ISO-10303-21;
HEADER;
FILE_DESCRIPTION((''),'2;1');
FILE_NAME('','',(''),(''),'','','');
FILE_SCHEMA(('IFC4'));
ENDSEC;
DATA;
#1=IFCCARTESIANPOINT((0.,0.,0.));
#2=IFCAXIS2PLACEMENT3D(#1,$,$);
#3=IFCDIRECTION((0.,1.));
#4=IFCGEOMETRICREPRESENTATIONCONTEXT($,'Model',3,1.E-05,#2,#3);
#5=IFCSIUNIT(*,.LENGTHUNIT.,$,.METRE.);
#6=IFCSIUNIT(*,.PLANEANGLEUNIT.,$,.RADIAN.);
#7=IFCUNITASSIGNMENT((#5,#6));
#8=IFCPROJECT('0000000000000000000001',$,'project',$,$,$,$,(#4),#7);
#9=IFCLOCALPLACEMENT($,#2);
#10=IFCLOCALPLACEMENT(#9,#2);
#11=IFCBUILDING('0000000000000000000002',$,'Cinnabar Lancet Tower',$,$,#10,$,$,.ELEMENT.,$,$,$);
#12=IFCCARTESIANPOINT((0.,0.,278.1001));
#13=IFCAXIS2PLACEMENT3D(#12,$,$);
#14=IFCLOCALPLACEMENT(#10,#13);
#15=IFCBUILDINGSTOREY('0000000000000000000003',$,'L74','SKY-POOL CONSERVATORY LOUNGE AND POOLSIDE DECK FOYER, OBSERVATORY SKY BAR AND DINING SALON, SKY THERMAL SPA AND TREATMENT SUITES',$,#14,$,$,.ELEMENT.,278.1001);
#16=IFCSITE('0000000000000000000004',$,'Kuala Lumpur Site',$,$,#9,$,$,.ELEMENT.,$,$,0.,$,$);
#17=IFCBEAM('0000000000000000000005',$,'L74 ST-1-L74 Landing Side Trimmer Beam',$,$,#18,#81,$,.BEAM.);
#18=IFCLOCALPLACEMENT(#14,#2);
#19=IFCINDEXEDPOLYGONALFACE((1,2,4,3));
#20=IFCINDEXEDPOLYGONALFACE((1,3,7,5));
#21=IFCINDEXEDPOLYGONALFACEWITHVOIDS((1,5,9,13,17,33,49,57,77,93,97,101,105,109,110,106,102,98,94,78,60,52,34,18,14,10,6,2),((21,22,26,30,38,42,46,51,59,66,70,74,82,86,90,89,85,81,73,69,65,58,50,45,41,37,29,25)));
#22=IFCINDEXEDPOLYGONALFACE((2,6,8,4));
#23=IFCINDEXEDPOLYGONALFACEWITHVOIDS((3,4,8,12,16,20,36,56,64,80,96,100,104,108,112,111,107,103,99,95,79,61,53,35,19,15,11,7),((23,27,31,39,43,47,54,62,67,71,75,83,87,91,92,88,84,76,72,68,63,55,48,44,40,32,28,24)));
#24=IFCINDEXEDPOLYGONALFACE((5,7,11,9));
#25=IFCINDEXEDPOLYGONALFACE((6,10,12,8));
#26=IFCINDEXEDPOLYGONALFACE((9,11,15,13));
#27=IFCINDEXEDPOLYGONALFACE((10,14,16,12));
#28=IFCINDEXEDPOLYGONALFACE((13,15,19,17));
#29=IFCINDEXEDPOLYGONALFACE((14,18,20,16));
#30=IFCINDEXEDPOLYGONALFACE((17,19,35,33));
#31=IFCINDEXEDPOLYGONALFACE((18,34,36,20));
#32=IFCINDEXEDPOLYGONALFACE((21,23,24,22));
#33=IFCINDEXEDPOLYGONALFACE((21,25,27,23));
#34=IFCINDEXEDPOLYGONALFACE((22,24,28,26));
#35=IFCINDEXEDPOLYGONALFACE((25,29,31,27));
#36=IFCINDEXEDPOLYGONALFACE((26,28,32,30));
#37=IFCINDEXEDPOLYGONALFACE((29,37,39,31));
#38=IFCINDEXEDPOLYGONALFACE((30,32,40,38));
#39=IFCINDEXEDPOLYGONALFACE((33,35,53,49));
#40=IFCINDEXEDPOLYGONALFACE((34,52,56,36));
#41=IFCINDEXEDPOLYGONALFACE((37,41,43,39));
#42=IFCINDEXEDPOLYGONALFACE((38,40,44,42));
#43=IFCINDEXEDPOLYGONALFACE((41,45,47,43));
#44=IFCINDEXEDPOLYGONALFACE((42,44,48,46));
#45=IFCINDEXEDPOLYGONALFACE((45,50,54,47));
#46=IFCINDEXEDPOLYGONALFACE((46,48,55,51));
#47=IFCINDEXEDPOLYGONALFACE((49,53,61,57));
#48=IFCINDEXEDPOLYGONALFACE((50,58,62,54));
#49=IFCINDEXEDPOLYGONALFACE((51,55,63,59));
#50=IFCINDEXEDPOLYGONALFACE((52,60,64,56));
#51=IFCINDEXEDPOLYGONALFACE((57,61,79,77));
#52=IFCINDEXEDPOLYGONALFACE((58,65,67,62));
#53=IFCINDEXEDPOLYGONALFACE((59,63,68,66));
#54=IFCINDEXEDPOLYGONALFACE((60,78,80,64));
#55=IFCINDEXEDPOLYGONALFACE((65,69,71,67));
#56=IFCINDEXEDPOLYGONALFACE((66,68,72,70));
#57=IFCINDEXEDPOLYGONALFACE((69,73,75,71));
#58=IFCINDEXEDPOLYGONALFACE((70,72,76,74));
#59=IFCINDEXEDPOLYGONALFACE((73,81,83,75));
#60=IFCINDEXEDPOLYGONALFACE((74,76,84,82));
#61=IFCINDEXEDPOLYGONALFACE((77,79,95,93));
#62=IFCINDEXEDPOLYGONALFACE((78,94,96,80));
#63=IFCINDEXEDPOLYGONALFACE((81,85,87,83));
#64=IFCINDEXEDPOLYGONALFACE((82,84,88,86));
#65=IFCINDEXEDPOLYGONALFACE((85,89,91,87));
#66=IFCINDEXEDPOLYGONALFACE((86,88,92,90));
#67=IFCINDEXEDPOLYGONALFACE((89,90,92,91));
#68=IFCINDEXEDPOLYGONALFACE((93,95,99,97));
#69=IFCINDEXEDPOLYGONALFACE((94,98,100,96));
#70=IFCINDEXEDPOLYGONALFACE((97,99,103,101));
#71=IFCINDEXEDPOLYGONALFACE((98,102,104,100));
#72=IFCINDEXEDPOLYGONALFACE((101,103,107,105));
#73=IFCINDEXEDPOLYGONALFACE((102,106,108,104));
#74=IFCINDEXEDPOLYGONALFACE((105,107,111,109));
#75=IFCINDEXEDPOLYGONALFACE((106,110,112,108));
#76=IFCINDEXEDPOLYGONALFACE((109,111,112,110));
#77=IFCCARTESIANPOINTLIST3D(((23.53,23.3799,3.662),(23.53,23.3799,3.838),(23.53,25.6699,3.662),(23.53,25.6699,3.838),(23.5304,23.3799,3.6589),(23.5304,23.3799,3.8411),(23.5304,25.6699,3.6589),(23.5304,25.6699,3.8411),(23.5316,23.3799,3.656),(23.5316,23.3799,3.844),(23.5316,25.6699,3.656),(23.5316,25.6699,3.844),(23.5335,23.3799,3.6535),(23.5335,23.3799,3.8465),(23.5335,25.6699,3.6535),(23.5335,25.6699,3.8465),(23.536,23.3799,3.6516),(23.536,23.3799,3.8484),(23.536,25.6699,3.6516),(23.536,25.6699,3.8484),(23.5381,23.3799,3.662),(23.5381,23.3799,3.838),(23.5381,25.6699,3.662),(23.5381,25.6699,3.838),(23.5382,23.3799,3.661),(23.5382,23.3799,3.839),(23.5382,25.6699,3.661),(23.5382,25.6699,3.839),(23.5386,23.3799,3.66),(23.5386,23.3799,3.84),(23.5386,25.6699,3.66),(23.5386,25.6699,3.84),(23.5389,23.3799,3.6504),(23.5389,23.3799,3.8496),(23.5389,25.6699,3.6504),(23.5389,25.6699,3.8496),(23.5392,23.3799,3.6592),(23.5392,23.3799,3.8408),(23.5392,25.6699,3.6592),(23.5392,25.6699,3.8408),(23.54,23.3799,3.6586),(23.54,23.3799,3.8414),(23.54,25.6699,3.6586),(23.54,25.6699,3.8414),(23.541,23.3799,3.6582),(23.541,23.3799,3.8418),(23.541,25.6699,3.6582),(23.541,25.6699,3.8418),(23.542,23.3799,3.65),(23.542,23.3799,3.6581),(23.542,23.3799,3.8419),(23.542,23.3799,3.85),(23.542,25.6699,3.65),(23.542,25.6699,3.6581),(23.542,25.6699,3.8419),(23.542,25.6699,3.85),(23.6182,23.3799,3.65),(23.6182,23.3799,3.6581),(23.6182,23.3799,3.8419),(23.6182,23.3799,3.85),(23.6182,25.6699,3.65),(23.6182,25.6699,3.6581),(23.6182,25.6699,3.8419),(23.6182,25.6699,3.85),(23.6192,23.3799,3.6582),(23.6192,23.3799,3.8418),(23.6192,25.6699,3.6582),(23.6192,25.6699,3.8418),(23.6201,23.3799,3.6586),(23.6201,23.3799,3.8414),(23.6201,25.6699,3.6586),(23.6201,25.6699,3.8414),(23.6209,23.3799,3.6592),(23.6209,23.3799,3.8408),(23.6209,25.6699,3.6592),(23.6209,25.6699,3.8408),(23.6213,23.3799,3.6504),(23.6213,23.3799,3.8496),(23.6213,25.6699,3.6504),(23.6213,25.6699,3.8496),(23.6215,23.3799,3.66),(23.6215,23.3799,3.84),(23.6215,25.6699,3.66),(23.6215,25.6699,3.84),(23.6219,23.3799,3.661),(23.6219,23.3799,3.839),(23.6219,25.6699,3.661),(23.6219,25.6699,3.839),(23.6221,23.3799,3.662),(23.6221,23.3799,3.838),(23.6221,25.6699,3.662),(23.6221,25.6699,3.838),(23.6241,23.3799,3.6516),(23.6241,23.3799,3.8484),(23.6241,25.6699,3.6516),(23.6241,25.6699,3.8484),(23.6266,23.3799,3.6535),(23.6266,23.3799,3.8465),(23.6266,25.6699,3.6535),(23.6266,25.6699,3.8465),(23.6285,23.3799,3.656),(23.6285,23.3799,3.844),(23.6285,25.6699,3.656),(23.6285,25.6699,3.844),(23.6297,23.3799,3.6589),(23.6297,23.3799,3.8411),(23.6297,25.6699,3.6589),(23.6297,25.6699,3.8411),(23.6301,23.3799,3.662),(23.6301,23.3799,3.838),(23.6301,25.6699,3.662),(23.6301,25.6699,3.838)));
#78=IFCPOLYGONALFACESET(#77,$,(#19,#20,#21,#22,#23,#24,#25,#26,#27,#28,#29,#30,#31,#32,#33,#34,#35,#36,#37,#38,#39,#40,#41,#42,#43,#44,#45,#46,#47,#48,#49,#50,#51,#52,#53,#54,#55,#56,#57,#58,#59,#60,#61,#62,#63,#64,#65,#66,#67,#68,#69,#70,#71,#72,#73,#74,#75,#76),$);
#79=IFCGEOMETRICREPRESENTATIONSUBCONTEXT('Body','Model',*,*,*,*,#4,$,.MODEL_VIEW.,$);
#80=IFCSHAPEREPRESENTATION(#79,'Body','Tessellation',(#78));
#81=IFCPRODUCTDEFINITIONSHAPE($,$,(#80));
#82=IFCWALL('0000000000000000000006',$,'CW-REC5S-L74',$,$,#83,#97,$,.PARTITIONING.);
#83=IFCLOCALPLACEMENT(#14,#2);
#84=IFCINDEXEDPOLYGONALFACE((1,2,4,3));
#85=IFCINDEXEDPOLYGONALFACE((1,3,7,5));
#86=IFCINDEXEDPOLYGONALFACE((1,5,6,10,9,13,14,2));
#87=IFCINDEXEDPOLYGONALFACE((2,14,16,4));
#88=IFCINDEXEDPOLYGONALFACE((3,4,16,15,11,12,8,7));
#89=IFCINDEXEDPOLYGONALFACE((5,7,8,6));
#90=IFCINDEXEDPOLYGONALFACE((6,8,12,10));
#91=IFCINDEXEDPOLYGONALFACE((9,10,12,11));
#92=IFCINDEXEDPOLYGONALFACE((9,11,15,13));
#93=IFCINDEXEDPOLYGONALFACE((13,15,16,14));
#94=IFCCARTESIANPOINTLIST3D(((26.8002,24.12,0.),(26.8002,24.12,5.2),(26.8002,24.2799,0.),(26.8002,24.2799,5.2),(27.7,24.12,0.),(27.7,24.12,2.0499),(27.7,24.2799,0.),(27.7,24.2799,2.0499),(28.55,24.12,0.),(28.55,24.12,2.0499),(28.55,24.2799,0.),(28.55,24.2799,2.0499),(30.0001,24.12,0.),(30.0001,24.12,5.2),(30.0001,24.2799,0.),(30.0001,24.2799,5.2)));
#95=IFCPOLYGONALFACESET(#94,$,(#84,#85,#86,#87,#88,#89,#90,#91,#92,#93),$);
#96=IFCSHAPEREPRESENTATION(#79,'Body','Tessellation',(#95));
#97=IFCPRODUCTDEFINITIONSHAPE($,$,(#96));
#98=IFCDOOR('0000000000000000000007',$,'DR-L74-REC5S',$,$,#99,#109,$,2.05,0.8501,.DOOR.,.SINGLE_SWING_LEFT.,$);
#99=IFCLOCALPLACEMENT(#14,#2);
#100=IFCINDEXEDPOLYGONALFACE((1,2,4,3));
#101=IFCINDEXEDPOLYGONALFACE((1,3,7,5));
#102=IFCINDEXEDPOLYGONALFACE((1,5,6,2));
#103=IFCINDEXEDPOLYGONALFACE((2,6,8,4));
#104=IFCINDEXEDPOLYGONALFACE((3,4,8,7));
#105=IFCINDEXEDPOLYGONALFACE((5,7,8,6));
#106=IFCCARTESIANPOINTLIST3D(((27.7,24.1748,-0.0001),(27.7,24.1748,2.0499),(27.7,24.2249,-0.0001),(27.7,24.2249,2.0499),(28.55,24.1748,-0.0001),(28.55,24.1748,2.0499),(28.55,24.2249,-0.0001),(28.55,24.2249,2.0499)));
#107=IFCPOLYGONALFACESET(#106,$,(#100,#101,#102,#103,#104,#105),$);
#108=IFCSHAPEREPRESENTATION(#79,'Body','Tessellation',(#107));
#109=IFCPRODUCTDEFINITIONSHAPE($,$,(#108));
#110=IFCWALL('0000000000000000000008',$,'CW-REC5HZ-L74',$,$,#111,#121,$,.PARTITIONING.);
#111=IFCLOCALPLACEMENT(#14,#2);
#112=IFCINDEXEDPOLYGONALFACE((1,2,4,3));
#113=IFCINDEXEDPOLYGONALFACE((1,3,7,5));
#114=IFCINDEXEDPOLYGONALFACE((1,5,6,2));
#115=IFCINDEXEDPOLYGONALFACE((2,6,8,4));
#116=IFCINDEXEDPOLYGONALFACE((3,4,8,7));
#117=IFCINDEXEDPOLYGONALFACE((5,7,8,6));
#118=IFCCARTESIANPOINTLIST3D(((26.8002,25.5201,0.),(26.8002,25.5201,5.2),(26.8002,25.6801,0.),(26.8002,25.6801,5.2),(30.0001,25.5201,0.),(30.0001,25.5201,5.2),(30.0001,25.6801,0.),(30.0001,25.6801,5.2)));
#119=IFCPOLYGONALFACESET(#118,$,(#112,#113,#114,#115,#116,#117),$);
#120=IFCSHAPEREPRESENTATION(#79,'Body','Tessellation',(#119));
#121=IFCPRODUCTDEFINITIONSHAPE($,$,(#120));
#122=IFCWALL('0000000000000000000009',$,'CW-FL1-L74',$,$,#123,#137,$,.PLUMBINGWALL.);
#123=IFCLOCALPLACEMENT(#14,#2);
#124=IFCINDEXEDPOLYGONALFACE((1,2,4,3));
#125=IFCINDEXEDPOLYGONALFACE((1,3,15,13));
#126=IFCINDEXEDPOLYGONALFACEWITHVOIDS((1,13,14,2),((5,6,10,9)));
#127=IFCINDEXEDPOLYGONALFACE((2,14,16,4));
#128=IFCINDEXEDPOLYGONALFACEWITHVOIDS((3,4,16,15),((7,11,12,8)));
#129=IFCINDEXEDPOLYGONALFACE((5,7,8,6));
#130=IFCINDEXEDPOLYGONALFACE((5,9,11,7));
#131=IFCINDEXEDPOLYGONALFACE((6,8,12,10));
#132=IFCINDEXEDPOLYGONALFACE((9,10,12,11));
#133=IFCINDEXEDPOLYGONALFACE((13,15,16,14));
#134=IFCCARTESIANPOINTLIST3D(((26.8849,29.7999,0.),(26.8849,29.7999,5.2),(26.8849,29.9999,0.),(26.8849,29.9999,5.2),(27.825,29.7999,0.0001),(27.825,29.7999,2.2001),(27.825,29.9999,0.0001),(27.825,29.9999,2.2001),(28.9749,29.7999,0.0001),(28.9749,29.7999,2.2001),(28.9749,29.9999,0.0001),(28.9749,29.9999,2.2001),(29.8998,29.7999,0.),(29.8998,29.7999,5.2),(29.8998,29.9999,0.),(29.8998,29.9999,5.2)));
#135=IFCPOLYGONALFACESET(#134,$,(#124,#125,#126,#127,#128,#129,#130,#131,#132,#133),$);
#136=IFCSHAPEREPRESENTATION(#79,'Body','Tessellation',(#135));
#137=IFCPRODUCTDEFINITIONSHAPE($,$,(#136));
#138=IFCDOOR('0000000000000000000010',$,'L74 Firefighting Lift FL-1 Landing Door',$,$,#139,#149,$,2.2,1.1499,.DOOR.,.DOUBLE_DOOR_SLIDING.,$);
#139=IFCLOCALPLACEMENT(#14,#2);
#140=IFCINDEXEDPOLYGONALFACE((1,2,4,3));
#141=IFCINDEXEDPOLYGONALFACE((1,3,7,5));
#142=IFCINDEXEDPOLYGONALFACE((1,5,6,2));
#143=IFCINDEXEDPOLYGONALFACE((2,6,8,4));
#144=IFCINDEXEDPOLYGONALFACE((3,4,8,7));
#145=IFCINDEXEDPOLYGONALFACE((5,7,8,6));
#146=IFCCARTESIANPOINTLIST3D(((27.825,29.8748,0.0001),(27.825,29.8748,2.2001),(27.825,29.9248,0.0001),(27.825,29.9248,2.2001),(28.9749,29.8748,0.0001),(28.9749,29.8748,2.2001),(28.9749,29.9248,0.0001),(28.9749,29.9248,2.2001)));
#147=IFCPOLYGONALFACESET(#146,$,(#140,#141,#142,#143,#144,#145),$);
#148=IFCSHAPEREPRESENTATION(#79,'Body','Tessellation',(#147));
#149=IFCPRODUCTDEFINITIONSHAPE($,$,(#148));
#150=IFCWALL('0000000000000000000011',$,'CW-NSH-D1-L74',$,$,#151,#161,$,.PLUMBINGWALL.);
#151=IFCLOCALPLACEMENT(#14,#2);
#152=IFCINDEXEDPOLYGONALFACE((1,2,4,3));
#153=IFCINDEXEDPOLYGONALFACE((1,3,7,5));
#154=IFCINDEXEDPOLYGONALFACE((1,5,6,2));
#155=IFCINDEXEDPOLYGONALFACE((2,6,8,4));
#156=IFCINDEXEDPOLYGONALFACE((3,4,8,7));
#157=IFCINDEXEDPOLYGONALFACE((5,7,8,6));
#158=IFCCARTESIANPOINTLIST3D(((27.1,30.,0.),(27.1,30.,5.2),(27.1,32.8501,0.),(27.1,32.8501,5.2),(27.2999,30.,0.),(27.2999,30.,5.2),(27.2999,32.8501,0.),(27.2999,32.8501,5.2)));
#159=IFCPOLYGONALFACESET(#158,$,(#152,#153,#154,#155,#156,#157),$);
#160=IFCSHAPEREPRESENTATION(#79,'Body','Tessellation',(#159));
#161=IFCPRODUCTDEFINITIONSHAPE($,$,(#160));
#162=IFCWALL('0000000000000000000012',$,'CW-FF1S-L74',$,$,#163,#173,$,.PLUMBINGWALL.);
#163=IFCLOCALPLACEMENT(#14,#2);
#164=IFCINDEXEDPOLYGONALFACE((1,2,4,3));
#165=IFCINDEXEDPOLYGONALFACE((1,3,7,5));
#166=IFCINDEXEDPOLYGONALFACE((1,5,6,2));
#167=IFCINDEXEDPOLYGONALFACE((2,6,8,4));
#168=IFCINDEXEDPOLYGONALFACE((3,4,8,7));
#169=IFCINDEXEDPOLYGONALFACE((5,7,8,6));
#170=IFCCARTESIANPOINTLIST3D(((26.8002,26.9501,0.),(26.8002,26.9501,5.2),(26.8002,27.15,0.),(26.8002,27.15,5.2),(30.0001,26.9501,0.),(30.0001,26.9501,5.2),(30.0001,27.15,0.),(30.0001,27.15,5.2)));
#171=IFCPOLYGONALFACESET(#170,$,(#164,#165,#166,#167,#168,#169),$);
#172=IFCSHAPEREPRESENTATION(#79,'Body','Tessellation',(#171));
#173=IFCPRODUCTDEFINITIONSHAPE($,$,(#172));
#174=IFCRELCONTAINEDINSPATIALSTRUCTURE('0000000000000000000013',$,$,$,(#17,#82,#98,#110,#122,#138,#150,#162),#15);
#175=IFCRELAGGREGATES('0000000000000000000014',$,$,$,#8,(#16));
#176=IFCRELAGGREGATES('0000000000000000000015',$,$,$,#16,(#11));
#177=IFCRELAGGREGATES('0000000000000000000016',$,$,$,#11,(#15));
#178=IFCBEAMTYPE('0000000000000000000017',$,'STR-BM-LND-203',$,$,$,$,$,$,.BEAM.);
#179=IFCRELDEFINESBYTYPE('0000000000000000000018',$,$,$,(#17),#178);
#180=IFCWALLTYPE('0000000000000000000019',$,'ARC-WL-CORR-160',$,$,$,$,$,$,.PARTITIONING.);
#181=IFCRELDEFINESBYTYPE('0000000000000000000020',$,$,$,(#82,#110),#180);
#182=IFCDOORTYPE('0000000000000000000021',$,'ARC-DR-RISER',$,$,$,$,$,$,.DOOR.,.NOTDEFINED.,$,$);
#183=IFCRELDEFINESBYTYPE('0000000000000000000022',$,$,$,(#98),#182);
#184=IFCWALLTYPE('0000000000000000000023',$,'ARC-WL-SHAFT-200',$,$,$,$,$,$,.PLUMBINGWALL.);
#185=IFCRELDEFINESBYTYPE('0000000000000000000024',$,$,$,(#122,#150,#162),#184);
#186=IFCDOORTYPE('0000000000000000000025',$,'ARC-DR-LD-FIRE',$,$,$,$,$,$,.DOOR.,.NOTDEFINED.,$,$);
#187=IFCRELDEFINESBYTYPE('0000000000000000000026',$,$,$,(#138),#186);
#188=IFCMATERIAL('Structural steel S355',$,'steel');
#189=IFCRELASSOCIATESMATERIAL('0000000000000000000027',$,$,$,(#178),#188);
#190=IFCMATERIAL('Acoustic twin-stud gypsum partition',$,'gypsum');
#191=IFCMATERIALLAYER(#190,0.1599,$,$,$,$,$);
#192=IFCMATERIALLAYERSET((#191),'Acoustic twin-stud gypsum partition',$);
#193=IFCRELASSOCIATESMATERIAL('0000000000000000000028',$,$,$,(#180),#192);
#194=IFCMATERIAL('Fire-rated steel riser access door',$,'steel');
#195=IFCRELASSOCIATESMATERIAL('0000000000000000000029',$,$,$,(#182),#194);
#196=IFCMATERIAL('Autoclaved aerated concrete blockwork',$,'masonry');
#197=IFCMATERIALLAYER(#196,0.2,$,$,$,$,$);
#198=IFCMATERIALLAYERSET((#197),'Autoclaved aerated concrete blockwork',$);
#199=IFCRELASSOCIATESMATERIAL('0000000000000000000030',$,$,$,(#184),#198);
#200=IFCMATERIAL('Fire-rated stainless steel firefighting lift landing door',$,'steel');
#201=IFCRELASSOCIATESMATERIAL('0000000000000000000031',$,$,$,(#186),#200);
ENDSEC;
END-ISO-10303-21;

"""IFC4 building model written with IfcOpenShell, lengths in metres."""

from ifc_helpers import new_model, si_unit, direction, frame, frame_2d, origin, origin_2d, place, context, subcontext, project, spatial, rectangle, hollow_rectangle, extrude, material, layer, layer_set, material_profile, profile_set, type_object, element, fill, save


model = new_model("IFC4")

# Units and contexts
model_context = context("Model", 3, precision=1e-05, world=origin(), true_north=direction((0.0, 1.0)))
body_context = subcontext(model_context, "Body", "Model", "MODEL_VIEW")
ifc_project = project(units=[si_unit("LENGTHUNIT", "METRE"), si_unit("PLANEANGLEUNIT", "RADIAN")], contexts=[model_context])

# Site, building, storey
site_placement = place(None, origin())
site = spatial("IfcSite", under=ifc_project, at=site_placement, Name="Kuala Lumpur Site", CompositionType="ELEMENT", RefElevation=0.0)
building_placement = place(site_placement, origin())
building = spatial("IfcBuilding", under=site, at=building_placement, Name="Cinnabar Lancet Tower", CompositionType="ELEMENT")
storey_placement = place(building_placement, frame((0.0, 0.0, 278.1001)))
storey = spatial("IfcBuildingStorey", under=building, at=storey_placement, Name="L74", Description="SKY-POOL CONSERVATORY LOUNGE AND POOLSIDE DECK FOYER, OBSERVATORY SKY BAR AND DINING SALON, SKY THERMAL SPA AND TREATMENT SUITES", CompositionType="ELEMENT", Elevation=278.1001)

# Beam
ifc_material_1 = material(Name="Structural steel S355", Category="steel")
ifc_material_profile_1 = material_profile(ifc_material_1, hollow_rectangle(XDim=0.1001, YDim=0.2, WallThickness=0.0081, InnerFilletRadius=0.0039, OuterFilletRadius=0.012, at=origin_2d()), Name="RHS 200x100x8")
ifc_profile_set_1 = profile_set([ifc_material_profile_1], Name="Structural steel S355")
beam_type_1 = type_object("IfcBeamType", Name="STR-BM-LND-203", PredefinedType="BEAM", material=ifc_profile_set_1)
beam_1_placement = place(storey_placement, frame((23.5801, 23.3799, 3.75), z_axis=(0.0, 1.0, 0.0), x_axis=(-1.0, 0.0, 0.0)))
element("IfcBeam", 1, at=beam_1_placement, inside=storey, type_object=beam_type_1, Name="L74 ST-1-L74 Landing Side Trimmer Beam", PredefinedType="BEAM", context=body_context, shape_type="SweptSolid", body=[
    extrude(hollow_rectangle(XDim=0.1001, YDim=0.2, WallThickness=0.0081, InnerFilletRadius=0.0039, OuterFilletRadius=0.012, at=origin_2d()), origin(), (0.0, 0.0, 1.0), 2.29),
])

# Wall, opening, door
ifc_material_2 = material(Name="Acoustic twin-stud gypsum partition", Category="gypsum")
ifc_layer_1 = layer(ifc_material_2, 0.1599)
ifc_layer_set_1 = layer_set([ifc_layer_1], Name="Acoustic twin-stud gypsum partition")
wall_type_1 = type_object("IfcWallType", Name="ARC-WL-CORR-160", PredefinedType="PARTITIONING", material=ifc_layer_set_1)
wall_1_placement = place(storey_placement, frame((26.8, 24.2, 0.0), z_axis=(0.0, 0.0, 1.0), x_axis=(1.0, 0.0, 0.0)))
wall_1 = element("IfcWall", 2, at=wall_1_placement, inside=storey, type_object=wall_type_1, Name="CW-REC5S-L74", PredefinedType="PARTITIONING", context=body_context, shape_type="SweptSolid", body=[
    extrude(rectangle(XDim=3.2, YDim=0.1599, at=frame_2d((1.6001, 0.0))), origin(), (0.0, 0.0, 1.0), 5.2),
])
opening_1_placement = place(wall_1_placement, frame((0.8999, 0.0, 0.0)))
opening_1 = element("IfcOpeningElement", 3, at=opening_1_placement, cuts=wall_1, PredefinedType="OPENING", context=body_context, shape_type="SweptSolid", body=[
    extrude(rectangle(XDim=0.8501, YDim=2.05, at=frame_2d((0.425, 1.0249))), frame((0.0, 0.0898, 0.0), z_axis=(0.0, -1.0, 0.0), x_axis=(1.0, 0.0, 0.0)), (0.0, 0.0, 1.0), 0.1799),
])
ifc_material_3 = material(Name="Fire-rated steel riser access door", Category="steel")
door_type_1 = type_object("IfcDoorType", Name="ARC-DR-RISER", OperationType="NOTDEFINED", PredefinedType="DOOR", material=ifc_material_3)
door_1_placement = place(opening_1_placement, origin())
door_1 = element("IfcDoor", 4, at=door_1_placement, inside=storey, type_object=door_type_1, Name="DR-L74-REC5S", OperationType="SINGLE_SWING_LEFT", OverallHeight=2.05, OverallWidth=0.8501, PredefinedType="DOOR", context=body_context, shape_type="SweptSolid", body=[
    extrude(rectangle(XDim=0.8501, YDim=2.05, at=frame_2d((0.425, 1.0249))), frame((0.0, 0.0249, 0.0), z_axis=(0.0, -1.0, 0.0), x_axis=(1.0, 0.0, 0.0)), (0.0, 0.0, 1.0), 0.05),
])
fill(opening_1, door_1)

# Wall
wall_2_placement = place(storey_placement, frame((26.8, 25.6001, 0.0), z_axis=(0.0, 0.0, 1.0), x_axis=(1.0, 0.0, 0.0)))
element("IfcWall", 5, at=wall_2_placement, inside=storey, type_object=wall_type_1, Name="CW-REC5HZ-L74", PredefinedType="PARTITIONING", context=body_context, shape_type="SweptSolid", body=[
    extrude(rectangle(XDim=3.2, YDim=0.1599, at=frame_2d((1.6001, 0.0))), origin(), (0.0, 0.0, 1.0), 5.2),
])

# Wall, opening, door
ifc_material_4 = material(Name="Autoclaved aerated concrete blockwork", Category="masonry")
ifc_layer_2 = layer(ifc_material_4, 0.2)
ifc_layer_set_2 = layer_set([ifc_layer_2], Name="Autoclaved aerated concrete blockwork")
wall_type_2 = type_object("IfcWallType", Name="ARC-WL-SHAFT-200", PredefinedType="PLUMBINGWALL", material=ifc_layer_set_2)
wall_3_placement = place(storey_placement, frame((26.885, 29.8999, 0.0), z_axis=(0.0, 0.0, 1.0), x_axis=(1.0, 0.0, 0.0)))
wall_3 = element("IfcWall", 6, at=wall_3_placement, inside=storey, type_object=wall_type_2, Name="CW-FL1-L74", PredefinedType="PLUMBINGWALL", context=body_context, shape_type="SweptSolid", body=[
    extrude(rectangle(XDim=3.0149, YDim=0.2, at=frame_2d((1.5073, 0.0))), origin(), (0.0, 0.0, 1.0), 5.2),
])
opening_2_placement = place(wall_3_placement, frame((0.9399, 0.0, 0.0)))
opening_2 = element("IfcOpeningElement", 7, at=opening_2_placement, cuts=wall_3, PredefinedType="OPENING", context=body_context, shape_type="SweptSolid", body=[
    extrude(rectangle(XDim=1.1499, YDim=2.2, at=frame_2d((0.575, 1.1001))), frame((0.0, 0.1099, 0.0), z_axis=(0.0, -1.0, 0.0), x_axis=(1.0, 0.0, 0.0)), (0.0, 0.0, 1.0), 0.22),
])
ifc_material_5 = material(Name="Fire-rated stainless steel firefighting lift landing door", Category="steel")
door_type_2 = type_object("IfcDoorType", Name="ARC-DR-LD-FIRE", OperationType="NOTDEFINED", PredefinedType="DOOR", material=ifc_material_5)
door_2_placement = place(opening_2_placement, origin())
door_2 = element("IfcDoor", 8, at=door_2_placement, inside=storey, type_object=door_type_2, Name="L74 Firefighting Lift FL-1 Landing Door", OperationType="DOUBLE_DOOR_SLIDING", OverallHeight=2.2, OverallWidth=1.1499, PredefinedType="DOOR", context=body_context, shape_type="SweptSolid", body=[
    extrude(rectangle(XDim=1.1499, YDim=2.2, at=frame_2d((0.575, 1.1001))), frame((0.0, 0.0249, 0.0), z_axis=(0.0, -1.0, 0.0), x_axis=(1.0, 0.0, 0.0)), (0.0, 0.0, 1.0), 0.05),
])
fill(opening_2, door_2)

# Walls
wall_4_placement = place(storey_placement, frame((27.2, 30.0, 0.0), z_axis=(0.0, 0.0, 1.0), x_axis=(0.0, 1.0, 0.0)))
element("IfcWall", 9, at=wall_4_placement, inside=storey, type_object=wall_type_2, Name="CW-NSH-D1-L74", PredefinedType="PLUMBINGWALL", context=body_context, shape_type="SweptSolid", body=[
    extrude(rectangle(XDim=2.8501, YDim=0.2, at=frame_2d((1.425, 0.0))), origin(), (0.0, 0.0, 1.0), 5.2),
])
wall_5_placement = place(storey_placement, frame((26.8, 27.05, 0.0), z_axis=(0.0, 0.0, 1.0), x_axis=(1.0, 0.0, 0.0)))
element("IfcWall", 10, at=wall_5_placement, inside=storey, type_object=wall_type_2, Name="CW-FF1S-L74", PredefinedType="PLUMBINGWALL", context=body_context, shape_type="SweptSolid", body=[
    extrude(rectangle(XDim=3.2, YDim=0.2, at=frame_2d((1.6001, 0.0))), origin(), (0.0, 0.0, 1.0), 5.2),
])

save(model, "model.ifc")
